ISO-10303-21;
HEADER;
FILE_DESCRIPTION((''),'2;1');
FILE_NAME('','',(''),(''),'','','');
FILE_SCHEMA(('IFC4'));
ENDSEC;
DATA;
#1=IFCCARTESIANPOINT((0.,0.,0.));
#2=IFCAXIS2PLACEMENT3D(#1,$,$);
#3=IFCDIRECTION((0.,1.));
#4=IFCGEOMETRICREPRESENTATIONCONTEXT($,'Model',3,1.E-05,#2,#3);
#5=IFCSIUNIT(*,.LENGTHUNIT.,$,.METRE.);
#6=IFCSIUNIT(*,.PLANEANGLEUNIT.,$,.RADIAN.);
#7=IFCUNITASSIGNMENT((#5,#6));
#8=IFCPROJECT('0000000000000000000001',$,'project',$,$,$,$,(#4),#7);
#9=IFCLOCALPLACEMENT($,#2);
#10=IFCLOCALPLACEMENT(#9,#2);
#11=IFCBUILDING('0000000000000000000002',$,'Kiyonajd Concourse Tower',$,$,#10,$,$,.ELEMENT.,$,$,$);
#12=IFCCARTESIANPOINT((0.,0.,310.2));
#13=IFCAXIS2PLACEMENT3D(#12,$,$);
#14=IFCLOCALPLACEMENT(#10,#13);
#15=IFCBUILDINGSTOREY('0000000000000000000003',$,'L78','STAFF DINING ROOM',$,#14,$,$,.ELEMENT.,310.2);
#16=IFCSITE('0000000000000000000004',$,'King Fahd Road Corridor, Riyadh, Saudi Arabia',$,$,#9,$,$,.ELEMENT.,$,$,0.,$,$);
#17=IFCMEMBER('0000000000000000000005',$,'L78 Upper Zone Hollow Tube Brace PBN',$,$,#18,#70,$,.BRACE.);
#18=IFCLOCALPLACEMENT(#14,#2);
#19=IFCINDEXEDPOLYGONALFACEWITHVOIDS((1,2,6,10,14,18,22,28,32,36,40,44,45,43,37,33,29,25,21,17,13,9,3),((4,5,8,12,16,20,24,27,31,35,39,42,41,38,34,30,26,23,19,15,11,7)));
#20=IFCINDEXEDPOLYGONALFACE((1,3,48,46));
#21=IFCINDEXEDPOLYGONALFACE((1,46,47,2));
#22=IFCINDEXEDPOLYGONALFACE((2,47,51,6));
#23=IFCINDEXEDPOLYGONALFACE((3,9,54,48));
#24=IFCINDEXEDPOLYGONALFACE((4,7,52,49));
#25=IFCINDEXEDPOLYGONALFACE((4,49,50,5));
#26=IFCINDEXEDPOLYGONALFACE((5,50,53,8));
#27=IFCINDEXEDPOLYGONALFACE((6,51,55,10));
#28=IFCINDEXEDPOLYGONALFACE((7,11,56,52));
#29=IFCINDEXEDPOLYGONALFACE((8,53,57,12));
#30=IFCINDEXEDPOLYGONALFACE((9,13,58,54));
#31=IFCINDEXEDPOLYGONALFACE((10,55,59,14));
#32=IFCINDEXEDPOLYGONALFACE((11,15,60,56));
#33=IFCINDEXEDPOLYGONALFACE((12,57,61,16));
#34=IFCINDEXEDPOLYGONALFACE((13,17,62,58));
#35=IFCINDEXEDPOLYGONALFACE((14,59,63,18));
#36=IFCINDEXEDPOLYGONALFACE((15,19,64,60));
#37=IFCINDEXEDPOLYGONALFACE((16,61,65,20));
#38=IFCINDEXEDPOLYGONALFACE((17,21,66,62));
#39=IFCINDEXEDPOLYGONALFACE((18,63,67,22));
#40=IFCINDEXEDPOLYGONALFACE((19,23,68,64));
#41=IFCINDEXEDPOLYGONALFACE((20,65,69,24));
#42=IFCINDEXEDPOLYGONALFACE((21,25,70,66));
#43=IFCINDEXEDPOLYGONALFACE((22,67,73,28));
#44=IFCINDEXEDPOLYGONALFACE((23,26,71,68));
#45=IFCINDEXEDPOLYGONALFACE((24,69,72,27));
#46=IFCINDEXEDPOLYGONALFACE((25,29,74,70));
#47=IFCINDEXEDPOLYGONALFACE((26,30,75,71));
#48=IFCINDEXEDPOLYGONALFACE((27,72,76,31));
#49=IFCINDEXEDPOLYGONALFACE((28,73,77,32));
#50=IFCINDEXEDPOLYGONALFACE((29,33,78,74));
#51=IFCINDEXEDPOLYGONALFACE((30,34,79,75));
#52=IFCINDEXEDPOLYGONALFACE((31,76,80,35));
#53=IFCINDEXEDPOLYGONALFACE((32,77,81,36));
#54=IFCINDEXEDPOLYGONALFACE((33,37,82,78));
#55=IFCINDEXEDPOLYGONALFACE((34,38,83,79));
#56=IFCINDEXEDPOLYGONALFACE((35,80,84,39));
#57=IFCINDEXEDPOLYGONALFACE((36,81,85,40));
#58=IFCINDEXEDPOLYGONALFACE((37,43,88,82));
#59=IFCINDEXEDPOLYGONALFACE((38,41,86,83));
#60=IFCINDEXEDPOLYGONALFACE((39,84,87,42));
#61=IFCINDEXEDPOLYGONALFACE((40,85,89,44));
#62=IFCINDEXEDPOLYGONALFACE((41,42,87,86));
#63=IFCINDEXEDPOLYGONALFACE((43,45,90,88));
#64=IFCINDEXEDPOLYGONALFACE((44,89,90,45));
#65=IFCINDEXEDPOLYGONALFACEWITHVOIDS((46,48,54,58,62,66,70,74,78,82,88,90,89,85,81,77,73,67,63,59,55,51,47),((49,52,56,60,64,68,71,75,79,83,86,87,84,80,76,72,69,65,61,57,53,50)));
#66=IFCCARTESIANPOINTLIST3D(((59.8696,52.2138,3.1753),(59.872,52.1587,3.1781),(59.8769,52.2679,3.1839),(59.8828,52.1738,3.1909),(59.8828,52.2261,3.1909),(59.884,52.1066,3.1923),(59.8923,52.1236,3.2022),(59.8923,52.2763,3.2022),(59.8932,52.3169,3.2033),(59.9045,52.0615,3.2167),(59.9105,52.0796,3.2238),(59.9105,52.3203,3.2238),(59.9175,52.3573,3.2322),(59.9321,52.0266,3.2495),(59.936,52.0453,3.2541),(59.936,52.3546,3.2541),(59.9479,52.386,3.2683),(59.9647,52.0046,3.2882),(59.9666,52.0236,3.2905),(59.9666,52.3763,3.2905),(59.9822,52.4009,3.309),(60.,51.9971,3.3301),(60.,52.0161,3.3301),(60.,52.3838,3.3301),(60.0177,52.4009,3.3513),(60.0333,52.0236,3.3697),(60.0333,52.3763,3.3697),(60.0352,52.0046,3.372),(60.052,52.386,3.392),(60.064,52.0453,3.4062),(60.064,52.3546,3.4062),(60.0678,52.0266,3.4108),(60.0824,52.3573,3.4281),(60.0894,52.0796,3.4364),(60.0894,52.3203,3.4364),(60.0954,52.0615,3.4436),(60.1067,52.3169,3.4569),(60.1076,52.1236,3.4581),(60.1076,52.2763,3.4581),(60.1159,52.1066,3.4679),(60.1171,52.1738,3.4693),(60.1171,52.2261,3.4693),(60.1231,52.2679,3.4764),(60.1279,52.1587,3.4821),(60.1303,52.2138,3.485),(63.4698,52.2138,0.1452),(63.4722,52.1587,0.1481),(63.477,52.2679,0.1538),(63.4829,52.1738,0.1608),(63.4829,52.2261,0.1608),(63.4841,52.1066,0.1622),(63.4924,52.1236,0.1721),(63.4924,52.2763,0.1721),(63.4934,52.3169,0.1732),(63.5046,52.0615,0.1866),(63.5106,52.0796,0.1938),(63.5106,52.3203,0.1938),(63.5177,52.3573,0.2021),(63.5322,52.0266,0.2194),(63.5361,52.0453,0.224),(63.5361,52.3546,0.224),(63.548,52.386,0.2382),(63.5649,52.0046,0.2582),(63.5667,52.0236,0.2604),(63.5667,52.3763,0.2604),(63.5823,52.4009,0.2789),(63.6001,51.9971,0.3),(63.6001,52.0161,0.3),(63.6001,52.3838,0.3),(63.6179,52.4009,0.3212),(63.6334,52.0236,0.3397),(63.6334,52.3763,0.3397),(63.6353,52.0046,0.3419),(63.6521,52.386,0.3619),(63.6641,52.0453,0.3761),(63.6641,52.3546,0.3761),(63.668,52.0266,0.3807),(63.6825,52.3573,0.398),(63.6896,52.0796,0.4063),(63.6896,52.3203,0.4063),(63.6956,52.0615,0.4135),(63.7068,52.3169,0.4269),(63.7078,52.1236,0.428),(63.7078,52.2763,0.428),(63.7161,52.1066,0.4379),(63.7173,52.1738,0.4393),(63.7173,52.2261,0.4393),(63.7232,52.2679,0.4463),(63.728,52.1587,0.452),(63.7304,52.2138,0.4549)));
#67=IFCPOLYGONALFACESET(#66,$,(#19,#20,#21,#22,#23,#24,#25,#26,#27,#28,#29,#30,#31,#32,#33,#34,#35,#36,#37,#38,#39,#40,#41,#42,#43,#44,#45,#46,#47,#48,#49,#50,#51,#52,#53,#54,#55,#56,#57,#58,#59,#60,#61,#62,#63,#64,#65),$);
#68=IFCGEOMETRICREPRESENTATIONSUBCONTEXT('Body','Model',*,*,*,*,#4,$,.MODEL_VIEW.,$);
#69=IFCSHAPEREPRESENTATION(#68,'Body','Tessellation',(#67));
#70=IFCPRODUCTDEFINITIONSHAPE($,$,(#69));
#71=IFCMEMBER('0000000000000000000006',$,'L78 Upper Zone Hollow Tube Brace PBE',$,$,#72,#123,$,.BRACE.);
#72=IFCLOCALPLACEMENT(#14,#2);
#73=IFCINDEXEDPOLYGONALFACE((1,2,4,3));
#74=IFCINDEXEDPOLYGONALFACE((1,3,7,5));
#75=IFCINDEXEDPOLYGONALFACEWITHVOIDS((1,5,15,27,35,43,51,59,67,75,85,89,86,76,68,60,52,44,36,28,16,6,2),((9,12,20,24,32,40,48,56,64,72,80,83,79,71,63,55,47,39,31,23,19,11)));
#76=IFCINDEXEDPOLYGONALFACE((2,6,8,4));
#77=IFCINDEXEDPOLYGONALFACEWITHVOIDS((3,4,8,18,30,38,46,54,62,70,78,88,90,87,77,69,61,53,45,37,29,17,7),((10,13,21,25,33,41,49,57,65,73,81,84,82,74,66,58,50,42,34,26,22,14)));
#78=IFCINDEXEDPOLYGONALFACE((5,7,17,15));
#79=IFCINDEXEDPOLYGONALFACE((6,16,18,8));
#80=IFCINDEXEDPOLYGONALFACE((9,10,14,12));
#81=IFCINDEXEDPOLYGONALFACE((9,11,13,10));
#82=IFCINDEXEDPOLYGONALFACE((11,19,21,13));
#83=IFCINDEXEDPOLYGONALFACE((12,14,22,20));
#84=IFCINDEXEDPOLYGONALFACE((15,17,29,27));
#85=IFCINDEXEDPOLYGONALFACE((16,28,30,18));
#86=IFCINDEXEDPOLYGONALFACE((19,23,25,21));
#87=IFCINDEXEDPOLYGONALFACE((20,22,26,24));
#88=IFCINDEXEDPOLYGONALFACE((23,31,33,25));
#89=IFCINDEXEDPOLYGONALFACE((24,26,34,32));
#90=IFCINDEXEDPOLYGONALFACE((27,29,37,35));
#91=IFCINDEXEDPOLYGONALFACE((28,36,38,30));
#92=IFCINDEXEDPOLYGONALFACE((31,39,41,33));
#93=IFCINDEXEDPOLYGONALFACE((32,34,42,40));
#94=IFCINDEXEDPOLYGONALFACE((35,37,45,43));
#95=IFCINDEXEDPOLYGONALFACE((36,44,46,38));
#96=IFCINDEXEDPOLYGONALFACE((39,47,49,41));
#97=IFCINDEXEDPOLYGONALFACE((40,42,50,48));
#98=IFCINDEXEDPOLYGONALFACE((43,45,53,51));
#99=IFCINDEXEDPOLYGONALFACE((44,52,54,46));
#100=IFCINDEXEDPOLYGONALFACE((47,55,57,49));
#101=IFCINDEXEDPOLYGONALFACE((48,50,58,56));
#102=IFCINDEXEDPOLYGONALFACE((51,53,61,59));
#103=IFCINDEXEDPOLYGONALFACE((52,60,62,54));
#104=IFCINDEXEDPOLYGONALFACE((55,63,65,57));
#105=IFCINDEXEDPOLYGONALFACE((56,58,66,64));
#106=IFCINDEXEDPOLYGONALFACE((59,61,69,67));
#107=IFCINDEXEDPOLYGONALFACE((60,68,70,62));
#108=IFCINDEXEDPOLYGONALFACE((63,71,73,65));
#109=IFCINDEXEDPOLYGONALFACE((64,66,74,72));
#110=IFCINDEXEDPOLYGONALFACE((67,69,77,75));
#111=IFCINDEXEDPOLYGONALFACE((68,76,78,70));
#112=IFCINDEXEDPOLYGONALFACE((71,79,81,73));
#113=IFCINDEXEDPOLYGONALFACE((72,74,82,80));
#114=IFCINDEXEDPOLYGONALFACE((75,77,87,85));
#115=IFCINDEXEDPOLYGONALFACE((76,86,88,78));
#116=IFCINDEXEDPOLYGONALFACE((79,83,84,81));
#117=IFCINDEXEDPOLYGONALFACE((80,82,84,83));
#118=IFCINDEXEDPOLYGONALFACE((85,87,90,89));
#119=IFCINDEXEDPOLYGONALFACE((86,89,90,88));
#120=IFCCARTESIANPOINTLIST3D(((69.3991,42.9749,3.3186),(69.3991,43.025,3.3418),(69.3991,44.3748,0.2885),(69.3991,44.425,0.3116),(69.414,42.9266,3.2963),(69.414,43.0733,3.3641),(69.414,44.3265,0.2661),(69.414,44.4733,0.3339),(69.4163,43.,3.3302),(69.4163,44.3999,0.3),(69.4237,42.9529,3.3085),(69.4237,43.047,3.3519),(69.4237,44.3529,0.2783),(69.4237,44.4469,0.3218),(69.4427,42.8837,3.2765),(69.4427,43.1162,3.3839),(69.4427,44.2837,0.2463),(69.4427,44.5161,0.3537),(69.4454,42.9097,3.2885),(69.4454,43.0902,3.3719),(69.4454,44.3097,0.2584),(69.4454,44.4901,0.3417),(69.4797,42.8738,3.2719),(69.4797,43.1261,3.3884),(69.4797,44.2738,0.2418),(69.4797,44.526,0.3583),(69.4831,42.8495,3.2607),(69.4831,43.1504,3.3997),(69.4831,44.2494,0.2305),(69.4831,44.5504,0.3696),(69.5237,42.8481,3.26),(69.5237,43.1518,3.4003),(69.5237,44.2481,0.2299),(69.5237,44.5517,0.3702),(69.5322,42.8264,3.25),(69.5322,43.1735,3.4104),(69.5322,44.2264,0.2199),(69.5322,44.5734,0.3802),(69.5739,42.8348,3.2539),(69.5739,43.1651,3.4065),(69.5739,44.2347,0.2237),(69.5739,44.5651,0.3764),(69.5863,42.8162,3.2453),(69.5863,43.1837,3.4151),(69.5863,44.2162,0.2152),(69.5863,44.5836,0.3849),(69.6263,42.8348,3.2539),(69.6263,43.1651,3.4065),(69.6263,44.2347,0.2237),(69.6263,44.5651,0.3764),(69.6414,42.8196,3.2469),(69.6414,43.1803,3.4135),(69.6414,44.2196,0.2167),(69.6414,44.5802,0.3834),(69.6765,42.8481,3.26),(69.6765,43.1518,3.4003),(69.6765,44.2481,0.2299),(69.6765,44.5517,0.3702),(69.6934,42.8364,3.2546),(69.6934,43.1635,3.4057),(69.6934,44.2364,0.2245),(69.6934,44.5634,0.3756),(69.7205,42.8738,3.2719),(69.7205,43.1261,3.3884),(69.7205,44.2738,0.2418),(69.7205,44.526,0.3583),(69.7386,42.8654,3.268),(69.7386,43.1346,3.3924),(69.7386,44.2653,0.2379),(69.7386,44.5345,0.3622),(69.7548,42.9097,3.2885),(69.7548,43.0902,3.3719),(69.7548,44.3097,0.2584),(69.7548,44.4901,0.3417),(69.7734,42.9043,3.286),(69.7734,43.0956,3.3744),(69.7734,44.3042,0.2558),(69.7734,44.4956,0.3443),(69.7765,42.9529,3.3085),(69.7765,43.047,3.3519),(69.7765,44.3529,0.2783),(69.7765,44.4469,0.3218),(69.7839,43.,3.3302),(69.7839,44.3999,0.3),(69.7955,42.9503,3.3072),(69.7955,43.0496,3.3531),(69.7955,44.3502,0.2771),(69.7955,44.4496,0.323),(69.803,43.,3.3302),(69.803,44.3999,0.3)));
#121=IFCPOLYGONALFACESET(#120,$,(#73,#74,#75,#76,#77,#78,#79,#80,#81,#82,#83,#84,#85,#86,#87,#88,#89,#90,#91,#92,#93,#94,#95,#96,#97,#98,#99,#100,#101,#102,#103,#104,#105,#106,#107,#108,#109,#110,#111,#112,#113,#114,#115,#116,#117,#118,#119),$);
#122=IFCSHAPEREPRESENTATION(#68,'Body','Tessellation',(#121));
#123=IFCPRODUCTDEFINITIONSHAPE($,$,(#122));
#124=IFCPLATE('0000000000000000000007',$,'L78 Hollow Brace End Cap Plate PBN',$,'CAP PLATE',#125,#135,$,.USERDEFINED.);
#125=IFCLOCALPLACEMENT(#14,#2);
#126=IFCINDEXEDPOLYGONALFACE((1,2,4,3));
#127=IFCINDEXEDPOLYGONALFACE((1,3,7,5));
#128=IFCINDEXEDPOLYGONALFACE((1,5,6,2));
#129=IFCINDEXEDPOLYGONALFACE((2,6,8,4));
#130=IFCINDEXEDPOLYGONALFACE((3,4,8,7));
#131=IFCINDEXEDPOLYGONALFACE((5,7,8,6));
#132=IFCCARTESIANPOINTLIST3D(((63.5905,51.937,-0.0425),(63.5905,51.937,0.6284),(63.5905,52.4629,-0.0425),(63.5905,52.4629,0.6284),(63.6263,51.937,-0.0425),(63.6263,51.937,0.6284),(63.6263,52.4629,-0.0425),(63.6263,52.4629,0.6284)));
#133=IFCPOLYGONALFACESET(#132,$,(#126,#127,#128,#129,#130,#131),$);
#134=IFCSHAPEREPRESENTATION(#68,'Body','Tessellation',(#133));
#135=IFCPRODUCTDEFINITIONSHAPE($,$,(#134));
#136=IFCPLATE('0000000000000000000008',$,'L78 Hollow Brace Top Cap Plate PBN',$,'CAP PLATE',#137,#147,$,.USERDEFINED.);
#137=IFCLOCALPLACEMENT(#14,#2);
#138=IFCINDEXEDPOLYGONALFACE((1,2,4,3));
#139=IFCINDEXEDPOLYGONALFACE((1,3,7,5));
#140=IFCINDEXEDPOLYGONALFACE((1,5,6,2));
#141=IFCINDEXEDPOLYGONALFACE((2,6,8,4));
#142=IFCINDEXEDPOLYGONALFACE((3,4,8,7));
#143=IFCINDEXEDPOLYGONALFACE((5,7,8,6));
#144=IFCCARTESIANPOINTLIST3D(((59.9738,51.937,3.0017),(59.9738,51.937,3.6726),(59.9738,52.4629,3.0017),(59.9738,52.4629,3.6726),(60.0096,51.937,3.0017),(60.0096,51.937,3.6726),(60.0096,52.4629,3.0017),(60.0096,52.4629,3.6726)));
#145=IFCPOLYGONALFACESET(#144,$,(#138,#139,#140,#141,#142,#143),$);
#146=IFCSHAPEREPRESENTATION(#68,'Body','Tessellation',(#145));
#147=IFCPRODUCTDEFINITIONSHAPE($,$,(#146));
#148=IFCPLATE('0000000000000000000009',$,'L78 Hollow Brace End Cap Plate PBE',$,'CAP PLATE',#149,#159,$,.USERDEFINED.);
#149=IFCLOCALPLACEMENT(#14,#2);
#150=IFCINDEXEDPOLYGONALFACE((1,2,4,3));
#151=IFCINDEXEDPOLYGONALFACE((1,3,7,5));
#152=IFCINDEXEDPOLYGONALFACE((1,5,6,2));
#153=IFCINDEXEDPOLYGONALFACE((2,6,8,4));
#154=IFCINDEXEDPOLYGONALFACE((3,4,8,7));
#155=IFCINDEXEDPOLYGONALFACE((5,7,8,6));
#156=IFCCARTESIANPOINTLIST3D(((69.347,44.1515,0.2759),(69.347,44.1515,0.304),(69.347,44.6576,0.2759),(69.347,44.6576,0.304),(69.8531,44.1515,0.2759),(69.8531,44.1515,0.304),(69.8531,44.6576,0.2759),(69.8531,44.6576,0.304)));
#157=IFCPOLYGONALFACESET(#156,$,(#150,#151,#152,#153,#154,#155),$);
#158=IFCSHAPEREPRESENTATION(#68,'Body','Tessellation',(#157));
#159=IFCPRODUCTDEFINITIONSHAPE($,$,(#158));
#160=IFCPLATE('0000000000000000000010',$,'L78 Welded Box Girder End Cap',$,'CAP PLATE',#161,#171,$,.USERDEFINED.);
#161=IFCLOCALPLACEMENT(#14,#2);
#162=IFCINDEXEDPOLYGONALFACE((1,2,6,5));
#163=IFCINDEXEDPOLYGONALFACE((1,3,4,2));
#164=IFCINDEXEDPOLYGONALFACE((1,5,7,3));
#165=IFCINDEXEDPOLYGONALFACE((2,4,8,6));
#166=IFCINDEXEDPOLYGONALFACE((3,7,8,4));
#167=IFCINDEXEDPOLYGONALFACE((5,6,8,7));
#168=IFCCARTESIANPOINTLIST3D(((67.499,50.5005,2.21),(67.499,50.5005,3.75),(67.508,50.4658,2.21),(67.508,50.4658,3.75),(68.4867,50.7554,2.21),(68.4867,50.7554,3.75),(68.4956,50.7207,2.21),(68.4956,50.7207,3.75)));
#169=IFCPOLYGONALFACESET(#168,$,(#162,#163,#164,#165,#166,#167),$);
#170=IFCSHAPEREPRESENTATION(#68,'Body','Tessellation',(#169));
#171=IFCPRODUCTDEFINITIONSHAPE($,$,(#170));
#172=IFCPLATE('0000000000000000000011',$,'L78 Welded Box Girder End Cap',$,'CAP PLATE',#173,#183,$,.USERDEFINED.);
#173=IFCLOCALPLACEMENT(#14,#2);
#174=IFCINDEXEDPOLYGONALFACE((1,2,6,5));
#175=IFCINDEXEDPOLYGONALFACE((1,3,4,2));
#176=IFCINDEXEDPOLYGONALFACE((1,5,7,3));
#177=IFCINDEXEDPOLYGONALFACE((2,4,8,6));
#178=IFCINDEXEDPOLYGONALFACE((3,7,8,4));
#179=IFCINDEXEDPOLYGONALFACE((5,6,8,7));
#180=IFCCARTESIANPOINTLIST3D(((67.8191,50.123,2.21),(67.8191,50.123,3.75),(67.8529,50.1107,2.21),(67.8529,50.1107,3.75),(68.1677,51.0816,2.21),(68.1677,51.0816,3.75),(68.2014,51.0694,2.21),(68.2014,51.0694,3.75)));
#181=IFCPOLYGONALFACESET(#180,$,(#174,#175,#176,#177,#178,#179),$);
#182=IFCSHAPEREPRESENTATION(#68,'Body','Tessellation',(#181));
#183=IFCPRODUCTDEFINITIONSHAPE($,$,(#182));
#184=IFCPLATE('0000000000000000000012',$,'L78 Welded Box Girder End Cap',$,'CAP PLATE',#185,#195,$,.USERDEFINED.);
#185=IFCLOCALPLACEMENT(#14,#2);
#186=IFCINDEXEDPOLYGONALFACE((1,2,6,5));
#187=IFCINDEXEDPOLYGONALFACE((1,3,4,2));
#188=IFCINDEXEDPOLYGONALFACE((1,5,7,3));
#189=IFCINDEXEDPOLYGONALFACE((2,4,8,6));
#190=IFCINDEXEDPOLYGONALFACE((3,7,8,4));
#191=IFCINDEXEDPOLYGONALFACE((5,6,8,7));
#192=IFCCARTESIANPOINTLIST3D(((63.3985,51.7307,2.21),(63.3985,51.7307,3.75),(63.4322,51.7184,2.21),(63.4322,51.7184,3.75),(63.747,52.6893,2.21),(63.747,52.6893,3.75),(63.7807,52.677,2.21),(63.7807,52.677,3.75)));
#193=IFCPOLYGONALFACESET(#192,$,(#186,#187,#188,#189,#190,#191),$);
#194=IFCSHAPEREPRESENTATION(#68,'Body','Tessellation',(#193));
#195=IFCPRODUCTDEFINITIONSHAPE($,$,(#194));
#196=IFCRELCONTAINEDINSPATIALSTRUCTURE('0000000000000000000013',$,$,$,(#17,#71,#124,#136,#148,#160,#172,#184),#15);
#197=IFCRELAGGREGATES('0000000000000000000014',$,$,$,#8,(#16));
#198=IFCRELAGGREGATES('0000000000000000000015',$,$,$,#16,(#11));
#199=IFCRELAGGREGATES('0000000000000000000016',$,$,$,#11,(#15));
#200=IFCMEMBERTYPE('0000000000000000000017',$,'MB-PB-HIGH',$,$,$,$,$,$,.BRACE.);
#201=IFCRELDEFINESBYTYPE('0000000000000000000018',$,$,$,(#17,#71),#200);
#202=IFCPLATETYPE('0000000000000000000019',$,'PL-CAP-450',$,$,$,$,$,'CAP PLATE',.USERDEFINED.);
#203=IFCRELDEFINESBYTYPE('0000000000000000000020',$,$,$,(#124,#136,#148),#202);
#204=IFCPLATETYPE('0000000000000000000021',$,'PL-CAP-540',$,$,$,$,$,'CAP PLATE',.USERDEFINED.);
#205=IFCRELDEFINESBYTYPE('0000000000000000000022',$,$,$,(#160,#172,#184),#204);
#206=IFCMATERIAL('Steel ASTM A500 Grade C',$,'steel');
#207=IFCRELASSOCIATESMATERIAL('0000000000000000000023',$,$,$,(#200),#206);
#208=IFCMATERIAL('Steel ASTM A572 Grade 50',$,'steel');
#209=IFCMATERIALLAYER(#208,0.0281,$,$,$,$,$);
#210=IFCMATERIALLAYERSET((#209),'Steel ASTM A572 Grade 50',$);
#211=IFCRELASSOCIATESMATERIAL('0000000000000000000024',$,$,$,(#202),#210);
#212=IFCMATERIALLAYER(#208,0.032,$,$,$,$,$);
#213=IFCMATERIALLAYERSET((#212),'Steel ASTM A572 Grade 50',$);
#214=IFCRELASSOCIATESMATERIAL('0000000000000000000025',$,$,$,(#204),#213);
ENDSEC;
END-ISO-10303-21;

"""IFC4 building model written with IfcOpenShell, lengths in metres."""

from ifc_helpers import new_model, si_unit, direction, frame, origin, origin_2d, place, context, subcontext, project, spatial, rectangle, hollow_circle, extrude, material, layer, layer_set, material_profile, profile_set, type_object, element, save


model = new_model("IFC4")

# Units and contexts
model_context = context("Model", 3, precision=1e-05, world=origin(), true_north=direction((0.0, 1.0)))
body_context = subcontext(model_context, "Body", "Model", "MODEL_VIEW")
ifc_project = project(units=[si_unit("LENGTHUNIT", "METRE"), si_unit("PLANEANGLEUNIT", "RADIAN")], contexts=[model_context])

# Site, building, storey
site_placement = place(None, origin())
site = spatial("IfcSite", under=ifc_project, at=site_placement, Name="King Fahd Road Corridor, Riyadh, Saudi Arabia", CompositionType="ELEMENT", RefElevation=0.0)
building_placement = place(site_placement, origin())
building = spatial("IfcBuilding", under=site, at=building_placement, Name="Kiyonajd Concourse Tower", CompositionType="ELEMENT")
storey_placement = place(building_placement, frame((0.0, 0.0, 310.2)))
storey = spatial("IfcBuildingStorey", under=building, at=storey_placement, Name="L78", Description="STAFF DINING ROOM", CompositionType="ELEMENT", Elevation=310.2)

# Shared definitions
ifc_material_1 = material(Name="Steel ASTM A572 Grade 50", Category="steel")

# Members
ifc_material_2 = material(Name="Steel ASTM A500 Grade C", Category="steel")
ifc_material_profile_1 = material_profile(ifc_material_2, hollow_circle(Radius=0.2029, WallThickness=0.019, at=origin_2d()), Name="CHS-406x19")
ifc_profile_set_1 = profile_set([ifc_material_profile_1], Name="Steel ASTM A500 Grade C")
member_type = type_object("IfcMemberType", Name="MB-PB-HIGH", PredefinedType="BRACE", material=ifc_profile_set_1)
member_1_placement = place(storey_placement, frame((63.6001, 52.2, 0.3), z_axis=(-0.765082, 0.0, 0.643933), x_axis=(0.0, -1.0, 0.0)))
element("IfcMember", 1, at=member_1_placement, inside=storey, type_object=member_type, Name="L78 Upper Zone Hollow Tube Brace PBN", PredefinedType="BRACE", context=body_context, shape_type="SweptSolid", body=[
    extrude(hollow_circle(Radius=0.2029, WallThickness=0.019, at=origin_2d()), origin(), (0.0, 0.0, 1.0), 4.7056),
])
member_2_placement = place(storey_placement, frame((69.6001, 44.3999, 0.3), z_axis=(0.0, -0.419411, 0.907797), x_axis=(1.0, 0.0, 0.0)))
element("IfcMember", 2, at=member_2_placement, inside=storey, type_object=member_type, Name="L78 Upper Zone Hollow Tube Brace PBE", PredefinedType="BRACE", context=body_context, shape_type="SweptSolid", body=[
    extrude(hollow_circle(Radius=0.2029, WallThickness=0.019, at=origin_2d()), origin(), (0.0, 0.0, 1.0), 3.3379),
])

# Plates
ifc_layer_1 = layer(ifc_material_1, 0.0281)
ifc_layer_set_1 = layer_set([ifc_layer_1], Name="Steel ASTM A572 Grade 50")
plate_type_1 = type_object("IfcPlateType", Name="PL-CAP-450", ElementType="CAP PLATE", PredefinedType="USERDEFINED", material=ifc_layer_set_1)
for number, where, z_axis, x_axis, name in (
    (3, (63.6084, 52.2, -0.0425), (0.0, 0.0, 1.0), (1.0, 0.0, 0.0), "L78 Hollow Brace End Cap Plate PBN"),
    (4, (59.9917, 52.2, 3.0017), (0.0, 0.0, 1.0), (-1.0, 0.0, 0.0), "L78 Hollow Brace Top Cap Plate PBN"),
):
    element("IfcPlate", number, at=place(storey_placement, frame(where, z_axis=z_axis, x_axis=x_axis)), inside=storey, type_object=plate_type_1, Name=name, ObjectType="CAP PLATE", PredefinedType="USERDEFINED", context=body_context, shape_type="SweptSolid", body=[
        extrude(rectangle(XDim=0.0359, YDim=0.5259, at=origin_2d()), origin(), (0.0, 0.0, 1.0), 0.6709),
    ])
plate_placement = place(storey_placement, frame((69.6001, 44.4045, 0.2759), z_axis=(0.0, 0.0, 1.0), x_axis=(1.0, 0.0, 0.0)))
element("IfcPlate", 5, at=plate_placement, inside=storey, type_object=plate_type_1, Name="L78 Hollow Brace End Cap Plate PBE", ObjectType="CAP PLATE", PredefinedType="USERDEFINED", context=body_context, shape_type="SweptSolid", body=[
    extrude(rectangle(XDim=0.5061, YDim=0.5061, at=origin_2d()), origin(), (0.0, 0.0, 1.0), 0.0281),
])
ifc_layer_2 = layer(ifc_material_1, 0.032)
ifc_layer_set_2 = layer_set([ifc_layer_2], Name="Steel ASTM A572 Grade 50")
plate_type_2 = type_object("IfcPlateType", Name="PL-CAP-540", ElementType="CAP PLATE", PredefinedType="USERDEFINED", material=ifc_layer_set_2)
for number, where, z_axis, x_axis, name in (
    (6, (67.9973, 50.6106, 2.21), (0.0, 0.0, 1.0), (-0.249873, 0.968279, 0.0), "L78 Welded Box Girder End Cap"),
    (7, (68.0103, 50.5962, 2.21), (0.0, 0.0, 1.0), (0.939812, -0.341692, 0.0), "L78 Welded Box Girder End Cap"),
    (8, (63.5896, 52.2039, 2.21), (0.0, 0.0, 1.0), (-0.939812, 0.341692, 0.0), "L78 Welded Box Girder End Cap"),
):
    element("IfcPlate", number, at=place(storey_placement, frame(where, z_axis=z_axis, x_axis=x_axis)), inside=storey, type_object=plate_type_2, Name=name, ObjectType="CAP PLATE", PredefinedType="USERDEFINED", context=body_context, shape_type="SweptSolid", body=[
        extrude(rectangle(XDim=0.0359, YDim=1.02, at=origin_2d()), origin(), (0.0, 0.0, 1.0), 1.54),
    ])

save(model, "model.ifc")
